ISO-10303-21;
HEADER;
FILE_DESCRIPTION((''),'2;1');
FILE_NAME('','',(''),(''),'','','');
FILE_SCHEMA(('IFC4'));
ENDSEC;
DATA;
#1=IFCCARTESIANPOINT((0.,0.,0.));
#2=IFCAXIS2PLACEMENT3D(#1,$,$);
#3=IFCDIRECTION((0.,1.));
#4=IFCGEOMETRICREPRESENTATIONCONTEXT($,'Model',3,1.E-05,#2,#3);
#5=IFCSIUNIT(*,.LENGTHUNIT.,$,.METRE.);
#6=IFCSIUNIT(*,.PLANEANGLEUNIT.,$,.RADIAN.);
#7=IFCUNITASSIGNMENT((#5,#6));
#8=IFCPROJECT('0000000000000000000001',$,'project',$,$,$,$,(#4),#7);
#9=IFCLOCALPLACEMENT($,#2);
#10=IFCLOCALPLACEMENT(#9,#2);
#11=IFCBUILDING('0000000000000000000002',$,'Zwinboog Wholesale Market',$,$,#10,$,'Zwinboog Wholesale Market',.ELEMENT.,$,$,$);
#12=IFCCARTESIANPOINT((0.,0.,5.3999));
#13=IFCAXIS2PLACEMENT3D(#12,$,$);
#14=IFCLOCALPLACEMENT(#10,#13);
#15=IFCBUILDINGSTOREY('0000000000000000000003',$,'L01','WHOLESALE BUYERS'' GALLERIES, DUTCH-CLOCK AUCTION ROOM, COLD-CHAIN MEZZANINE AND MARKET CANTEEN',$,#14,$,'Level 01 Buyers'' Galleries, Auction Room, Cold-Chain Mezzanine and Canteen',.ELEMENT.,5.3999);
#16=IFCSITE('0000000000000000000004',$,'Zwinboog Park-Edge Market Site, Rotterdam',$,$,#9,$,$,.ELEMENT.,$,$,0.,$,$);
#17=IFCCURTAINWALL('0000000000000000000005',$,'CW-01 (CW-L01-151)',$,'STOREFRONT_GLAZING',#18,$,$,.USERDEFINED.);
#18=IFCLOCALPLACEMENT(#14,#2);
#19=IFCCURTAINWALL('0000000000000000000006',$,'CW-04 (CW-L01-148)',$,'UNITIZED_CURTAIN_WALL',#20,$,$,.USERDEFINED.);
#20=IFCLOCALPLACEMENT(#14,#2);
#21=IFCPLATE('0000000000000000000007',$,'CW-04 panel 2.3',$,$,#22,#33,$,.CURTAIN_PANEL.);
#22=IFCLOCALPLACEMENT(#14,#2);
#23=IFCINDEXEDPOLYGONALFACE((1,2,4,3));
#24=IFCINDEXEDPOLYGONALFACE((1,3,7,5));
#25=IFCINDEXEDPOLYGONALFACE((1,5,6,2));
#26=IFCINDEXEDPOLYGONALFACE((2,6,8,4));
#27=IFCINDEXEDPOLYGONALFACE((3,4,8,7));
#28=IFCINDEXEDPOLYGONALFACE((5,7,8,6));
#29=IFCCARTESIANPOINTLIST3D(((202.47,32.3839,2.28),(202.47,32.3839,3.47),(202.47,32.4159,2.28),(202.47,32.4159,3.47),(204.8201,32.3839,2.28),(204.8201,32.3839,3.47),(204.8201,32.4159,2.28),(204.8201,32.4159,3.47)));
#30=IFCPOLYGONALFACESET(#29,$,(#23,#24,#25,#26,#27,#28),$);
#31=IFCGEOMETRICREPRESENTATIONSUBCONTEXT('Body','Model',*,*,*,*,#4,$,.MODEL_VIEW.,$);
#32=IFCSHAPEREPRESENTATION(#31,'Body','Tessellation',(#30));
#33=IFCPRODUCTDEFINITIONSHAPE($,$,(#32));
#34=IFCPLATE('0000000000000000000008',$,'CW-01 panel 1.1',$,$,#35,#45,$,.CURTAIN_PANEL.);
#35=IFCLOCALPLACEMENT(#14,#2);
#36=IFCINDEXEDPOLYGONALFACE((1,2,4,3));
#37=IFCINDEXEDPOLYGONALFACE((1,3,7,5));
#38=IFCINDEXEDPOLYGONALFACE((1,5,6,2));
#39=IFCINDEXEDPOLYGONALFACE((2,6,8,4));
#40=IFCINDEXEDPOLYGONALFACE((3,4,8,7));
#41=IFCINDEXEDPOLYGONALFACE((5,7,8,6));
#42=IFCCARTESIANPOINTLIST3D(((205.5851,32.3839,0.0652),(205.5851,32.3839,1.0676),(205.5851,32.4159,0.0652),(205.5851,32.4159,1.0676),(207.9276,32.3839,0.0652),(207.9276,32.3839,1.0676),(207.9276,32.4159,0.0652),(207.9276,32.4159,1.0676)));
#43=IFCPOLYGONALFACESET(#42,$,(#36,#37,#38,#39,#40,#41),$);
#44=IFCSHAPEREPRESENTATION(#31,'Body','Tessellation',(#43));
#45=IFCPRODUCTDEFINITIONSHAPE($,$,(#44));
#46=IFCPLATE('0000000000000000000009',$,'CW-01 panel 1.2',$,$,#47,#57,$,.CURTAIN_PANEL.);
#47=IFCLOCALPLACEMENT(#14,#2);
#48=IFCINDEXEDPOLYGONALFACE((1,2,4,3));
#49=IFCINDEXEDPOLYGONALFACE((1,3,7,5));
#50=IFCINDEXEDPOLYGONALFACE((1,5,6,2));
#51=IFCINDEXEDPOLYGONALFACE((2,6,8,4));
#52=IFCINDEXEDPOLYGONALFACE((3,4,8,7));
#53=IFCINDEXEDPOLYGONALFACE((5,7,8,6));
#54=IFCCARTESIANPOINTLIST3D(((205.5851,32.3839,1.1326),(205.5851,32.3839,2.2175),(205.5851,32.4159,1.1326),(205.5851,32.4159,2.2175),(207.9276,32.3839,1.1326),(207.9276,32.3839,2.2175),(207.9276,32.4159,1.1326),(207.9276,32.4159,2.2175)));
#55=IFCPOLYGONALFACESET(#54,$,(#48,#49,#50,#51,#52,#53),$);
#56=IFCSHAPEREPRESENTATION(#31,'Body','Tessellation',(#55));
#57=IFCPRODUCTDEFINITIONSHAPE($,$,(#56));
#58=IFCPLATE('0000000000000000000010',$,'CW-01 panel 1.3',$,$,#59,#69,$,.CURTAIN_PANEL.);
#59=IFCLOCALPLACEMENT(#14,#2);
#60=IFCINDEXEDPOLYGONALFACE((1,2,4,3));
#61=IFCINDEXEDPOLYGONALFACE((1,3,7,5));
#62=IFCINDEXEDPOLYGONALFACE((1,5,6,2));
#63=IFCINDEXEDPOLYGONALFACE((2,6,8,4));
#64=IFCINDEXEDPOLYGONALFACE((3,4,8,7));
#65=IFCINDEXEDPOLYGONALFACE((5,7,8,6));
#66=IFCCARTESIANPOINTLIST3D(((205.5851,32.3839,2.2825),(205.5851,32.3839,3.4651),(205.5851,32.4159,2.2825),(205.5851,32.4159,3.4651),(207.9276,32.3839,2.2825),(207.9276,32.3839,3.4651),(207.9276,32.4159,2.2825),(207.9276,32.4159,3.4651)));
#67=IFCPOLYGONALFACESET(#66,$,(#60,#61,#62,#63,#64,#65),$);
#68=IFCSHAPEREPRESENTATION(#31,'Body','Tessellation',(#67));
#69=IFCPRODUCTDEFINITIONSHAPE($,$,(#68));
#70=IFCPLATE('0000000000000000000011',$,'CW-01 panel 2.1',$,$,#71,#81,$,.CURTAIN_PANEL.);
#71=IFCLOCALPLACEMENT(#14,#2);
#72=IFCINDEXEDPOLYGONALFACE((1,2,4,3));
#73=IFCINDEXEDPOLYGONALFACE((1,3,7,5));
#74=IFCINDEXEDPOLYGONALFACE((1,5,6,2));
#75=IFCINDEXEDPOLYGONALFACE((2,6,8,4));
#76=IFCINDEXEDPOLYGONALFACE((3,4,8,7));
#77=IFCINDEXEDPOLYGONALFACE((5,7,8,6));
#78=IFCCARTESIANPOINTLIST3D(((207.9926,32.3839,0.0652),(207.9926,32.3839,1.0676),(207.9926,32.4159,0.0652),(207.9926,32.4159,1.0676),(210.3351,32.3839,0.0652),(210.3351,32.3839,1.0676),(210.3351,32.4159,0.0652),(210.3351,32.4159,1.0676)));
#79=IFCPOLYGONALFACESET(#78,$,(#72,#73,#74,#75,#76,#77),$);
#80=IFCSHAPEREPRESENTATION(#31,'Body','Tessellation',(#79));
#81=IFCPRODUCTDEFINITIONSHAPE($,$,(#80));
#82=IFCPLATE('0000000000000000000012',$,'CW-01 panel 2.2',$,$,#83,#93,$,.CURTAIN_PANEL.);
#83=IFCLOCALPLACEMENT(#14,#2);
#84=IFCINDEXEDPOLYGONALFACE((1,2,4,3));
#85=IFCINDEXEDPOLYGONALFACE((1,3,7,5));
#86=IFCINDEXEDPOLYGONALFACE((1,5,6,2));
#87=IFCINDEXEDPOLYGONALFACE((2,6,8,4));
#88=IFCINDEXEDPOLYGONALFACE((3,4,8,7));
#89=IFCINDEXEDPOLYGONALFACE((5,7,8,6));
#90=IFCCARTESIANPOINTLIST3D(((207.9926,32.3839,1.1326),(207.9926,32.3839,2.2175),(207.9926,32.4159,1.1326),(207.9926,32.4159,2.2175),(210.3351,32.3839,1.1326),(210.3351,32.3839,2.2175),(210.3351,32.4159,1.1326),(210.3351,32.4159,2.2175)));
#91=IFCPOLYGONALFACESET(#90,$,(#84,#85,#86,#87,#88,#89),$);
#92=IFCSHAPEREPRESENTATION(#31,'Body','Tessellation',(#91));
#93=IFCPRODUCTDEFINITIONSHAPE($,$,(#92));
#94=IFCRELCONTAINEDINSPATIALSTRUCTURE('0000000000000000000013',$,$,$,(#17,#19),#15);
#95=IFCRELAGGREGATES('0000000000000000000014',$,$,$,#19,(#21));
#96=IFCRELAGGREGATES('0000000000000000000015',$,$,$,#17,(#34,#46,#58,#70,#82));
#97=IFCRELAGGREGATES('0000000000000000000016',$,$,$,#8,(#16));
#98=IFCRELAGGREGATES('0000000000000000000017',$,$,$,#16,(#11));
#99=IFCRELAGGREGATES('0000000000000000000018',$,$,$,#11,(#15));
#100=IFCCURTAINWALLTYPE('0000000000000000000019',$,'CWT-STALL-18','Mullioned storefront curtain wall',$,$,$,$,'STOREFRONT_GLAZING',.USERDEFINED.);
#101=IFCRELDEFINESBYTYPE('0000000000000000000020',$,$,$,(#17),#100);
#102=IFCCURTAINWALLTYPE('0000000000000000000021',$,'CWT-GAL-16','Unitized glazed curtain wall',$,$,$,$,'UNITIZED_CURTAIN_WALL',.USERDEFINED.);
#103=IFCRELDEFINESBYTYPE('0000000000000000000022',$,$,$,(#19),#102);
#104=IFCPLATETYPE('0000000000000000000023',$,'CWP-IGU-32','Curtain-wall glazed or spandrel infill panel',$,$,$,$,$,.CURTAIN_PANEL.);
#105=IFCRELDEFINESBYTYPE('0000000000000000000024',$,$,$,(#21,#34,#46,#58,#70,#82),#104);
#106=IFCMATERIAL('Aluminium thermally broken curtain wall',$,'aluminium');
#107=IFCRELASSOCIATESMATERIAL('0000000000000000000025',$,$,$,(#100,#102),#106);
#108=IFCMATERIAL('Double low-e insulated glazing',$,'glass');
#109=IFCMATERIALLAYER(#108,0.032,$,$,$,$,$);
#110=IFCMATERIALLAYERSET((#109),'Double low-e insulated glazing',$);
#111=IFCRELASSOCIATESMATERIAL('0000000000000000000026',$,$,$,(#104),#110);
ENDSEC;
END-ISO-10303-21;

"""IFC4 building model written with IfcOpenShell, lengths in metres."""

from ifc_helpers import new_model, si_unit, direction, frame, origin, origin_2d, place, context, subcontext, project, spatial, rectangle, extrude, material, layer, layer_set, type_object, element, aggregate, save


model = new_model("IFC4")

# Units and contexts
model_context = context("Model", 3, precision=1e-05, world=origin(), true_north=direction((0.0, 1.0)))
body_context = subcontext(model_context, "Body", "Model", "MODEL_VIEW")
ifc_project = project(units=[si_unit("LENGTHUNIT", "METRE"), si_unit("PLANEANGLEUNIT", "RADIAN")], contexts=[model_context])

# Site, building, storey
site_placement = place(None, origin())
site = spatial("IfcSite", under=ifc_project, at=site_placement, Name="Zwinboog Park-Edge Market Site, Rotterdam", CompositionType="ELEMENT", RefElevation=0.0)
building_placement = place(site_placement, origin())
building = spatial("IfcBuilding", under=site, at=building_placement, Name="Zwinboog Wholesale Market", LongName="Zwinboog Wholesale Market", CompositionType="ELEMENT")
storey_placement = place(building_placement, frame((0.0, 0.0, 5.3999)))
storey = spatial("IfcBuildingStorey", under=building, at=storey_placement, Name="L01", Description="WHOLESALE BUYERS' GALLERIES, DUTCH-CLOCK AUCTION ROOM, COLD-CHAIN MEZZANINE AND MARKET CANTEEN", LongName="Level 01 Buyers' Galleries, Auction Room, Cold-Chain Mezzanine and Canteen", CompositionType="ELEMENT", Elevation=5.3999)

# Curtain wall
ifc_material_1 = material(Name="Aluminium thermally broken curtain wall", Category="aluminium")
curtain_wall_type_1 = type_object("IfcCurtainWallType", Name="CWT-STALL-18", Description="Mullioned storefront curtain wall", ElementType="STOREFRONT_GLAZING", PredefinedType="USERDEFINED", material=ifc_material_1)
curtain_wall_1_placement = place(storey_placement, origin())
curtain_wall_1 = element("IfcCurtainWall", 1, at=curtain_wall_1_placement, inside=storey, type_object=curtain_wall_type_1, Name="CW-01 (CW-L01-151)", ObjectType="STOREFRONT_GLAZING", PredefinedType="USERDEFINED")

# Curtain wall
curtain_wall_type_2 = type_object("IfcCurtainWallType", Name="CWT-GAL-16", Description="Unitized glazed curtain wall", ElementType="UNITIZED_CURTAIN_WALL", PredefinedType="USERDEFINED", material=ifc_material_1)
curtain_wall_2_placement = place(storey_placement, origin())
curtain_wall_2 = element("IfcCurtainWall", 2, at=curtain_wall_2_placement, inside=storey, type_object=curtain_wall_type_2, Name="CW-04 (CW-L01-148)", ObjectType="UNITIZED_CURTAIN_WALL", PredefinedType="USERDEFINED")

# Plates
ifc_material_2 = material(Name="Double low-e insulated glazing", Category="glass")
ifc_layer = layer(ifc_material_2, 0.032)
ifc_layer_set = layer_set([ifc_layer], Name="Double low-e insulated glazing")
plate_type = type_object("IfcPlateType", Name="CWP-IGU-32", Description="Curtain-wall glazed or spandrel infill panel", PredefinedType="CURTAIN_PANEL", material=ifc_layer_set)
plate_1_placement = place(storey_placement, frame((203.645, 32.3999, 2.28), z_axis=(0.0, 0.0, 1.0), x_axis=(1.0, 0.0, 0.0)))
plate_1 = element("IfcPlate", 3, at=plate_1_placement, type_object=plate_type, Name="CW-04 panel 2.3", PredefinedType="CURTAIN_PANEL", context=body_context, shape_type="SweptSolid", body=[
    extrude(rectangle(XDim=2.3501, YDim=0.032, at=origin_2d()), origin(), (0.0, 0.0, 1.0), 1.1899),
])
aggregate(curtain_wall_2, [plate_1])
plate_2_placement = place(storey_placement, frame((206.7563, 32.3999, 0.0652), z_axis=(0.0, 0.0, 1.0), x_axis=(1.0, 0.0, 0.0)))
plate_2 = element("IfcPlate", 4, at=plate_2_placement, type_object=plate_type, Name="CW-01 panel 1.1", PredefinedType="CURTAIN_PANEL", context=body_context, shape_type="SweptSolid", body=[
    extrude(rectangle(XDim=2.3425, YDim=0.032, at=origin_2d()), origin(), (0.0, 0.0, 1.0), 1.0024),
])
plate_3_placement = place(storey_placement, frame((206.7563, 32.3999, 1.1326), z_axis=(0.0, 0.0, 1.0), x_axis=(1.0, 0.0, 0.0)))
plate_3 = element("IfcPlate", 5, at=plate_3_placement, type_object=plate_type, Name="CW-01 panel 1.2", PredefinedType="CURTAIN_PANEL", context=body_context, shape_type="SweptSolid", body=[
    extrude(rectangle(XDim=2.3425, YDim=0.032, at=origin_2d()), origin(), (0.0, 0.0, 1.0), 1.085),
])
plate_4_placement = place(storey_placement, frame((206.7563, 32.3999, 2.2825), z_axis=(0.0, 0.0, 1.0), x_axis=(1.0, 0.0, 0.0)))
plate_4 = element("IfcPlate", 6, at=plate_4_placement, type_object=plate_type, Name="CW-01 panel 1.3", PredefinedType="CURTAIN_PANEL", context=body_context, shape_type="SweptSolid", body=[
    extrude(rectangle(XDim=2.3425, YDim=0.032, at=origin_2d()), origin(), (0.0, 0.0, 1.0), 1.1826),
])
plate_5_placement = place(storey_placement, frame((209.1638, 32.3999, 0.0652), z_axis=(0.0, 0.0, 1.0), x_axis=(1.0, 0.0, 0.0)))
plate_5 = element("IfcPlate", 7, at=plate_5_placement, type_object=plate_type, Name="CW-01 panel 2.1", PredefinedType="CURTAIN_PANEL", context=body_context, shape_type="SweptSolid", body=[
    extrude(rectangle(XDim=2.3425, YDim=0.032, at=origin_2d()), origin(), (0.0, 0.0, 1.0), 1.0024),
])
plate_6_placement = place(storey_placement, frame((209.1638, 32.3999, 1.1326), z_axis=(0.0, 0.0, 1.0), x_axis=(1.0, 0.0, 0.0)))
plate_6 = element("IfcPlate", 8, at=plate_6_placement, type_object=plate_type, Name="CW-01 panel 2.2", PredefinedType="CURTAIN_PANEL", context=body_context, shape_type="SweptSolid", body=[
    extrude(rectangle(XDim=2.3425, YDim=0.032, at=origin_2d()), origin(), (0.0, 0.0, 1.0), 1.085),
])
aggregate(curtain_wall_1, [plate_2, plate_3, plate_4, plate_5, plate_6])

save(model, "model.ifc")
